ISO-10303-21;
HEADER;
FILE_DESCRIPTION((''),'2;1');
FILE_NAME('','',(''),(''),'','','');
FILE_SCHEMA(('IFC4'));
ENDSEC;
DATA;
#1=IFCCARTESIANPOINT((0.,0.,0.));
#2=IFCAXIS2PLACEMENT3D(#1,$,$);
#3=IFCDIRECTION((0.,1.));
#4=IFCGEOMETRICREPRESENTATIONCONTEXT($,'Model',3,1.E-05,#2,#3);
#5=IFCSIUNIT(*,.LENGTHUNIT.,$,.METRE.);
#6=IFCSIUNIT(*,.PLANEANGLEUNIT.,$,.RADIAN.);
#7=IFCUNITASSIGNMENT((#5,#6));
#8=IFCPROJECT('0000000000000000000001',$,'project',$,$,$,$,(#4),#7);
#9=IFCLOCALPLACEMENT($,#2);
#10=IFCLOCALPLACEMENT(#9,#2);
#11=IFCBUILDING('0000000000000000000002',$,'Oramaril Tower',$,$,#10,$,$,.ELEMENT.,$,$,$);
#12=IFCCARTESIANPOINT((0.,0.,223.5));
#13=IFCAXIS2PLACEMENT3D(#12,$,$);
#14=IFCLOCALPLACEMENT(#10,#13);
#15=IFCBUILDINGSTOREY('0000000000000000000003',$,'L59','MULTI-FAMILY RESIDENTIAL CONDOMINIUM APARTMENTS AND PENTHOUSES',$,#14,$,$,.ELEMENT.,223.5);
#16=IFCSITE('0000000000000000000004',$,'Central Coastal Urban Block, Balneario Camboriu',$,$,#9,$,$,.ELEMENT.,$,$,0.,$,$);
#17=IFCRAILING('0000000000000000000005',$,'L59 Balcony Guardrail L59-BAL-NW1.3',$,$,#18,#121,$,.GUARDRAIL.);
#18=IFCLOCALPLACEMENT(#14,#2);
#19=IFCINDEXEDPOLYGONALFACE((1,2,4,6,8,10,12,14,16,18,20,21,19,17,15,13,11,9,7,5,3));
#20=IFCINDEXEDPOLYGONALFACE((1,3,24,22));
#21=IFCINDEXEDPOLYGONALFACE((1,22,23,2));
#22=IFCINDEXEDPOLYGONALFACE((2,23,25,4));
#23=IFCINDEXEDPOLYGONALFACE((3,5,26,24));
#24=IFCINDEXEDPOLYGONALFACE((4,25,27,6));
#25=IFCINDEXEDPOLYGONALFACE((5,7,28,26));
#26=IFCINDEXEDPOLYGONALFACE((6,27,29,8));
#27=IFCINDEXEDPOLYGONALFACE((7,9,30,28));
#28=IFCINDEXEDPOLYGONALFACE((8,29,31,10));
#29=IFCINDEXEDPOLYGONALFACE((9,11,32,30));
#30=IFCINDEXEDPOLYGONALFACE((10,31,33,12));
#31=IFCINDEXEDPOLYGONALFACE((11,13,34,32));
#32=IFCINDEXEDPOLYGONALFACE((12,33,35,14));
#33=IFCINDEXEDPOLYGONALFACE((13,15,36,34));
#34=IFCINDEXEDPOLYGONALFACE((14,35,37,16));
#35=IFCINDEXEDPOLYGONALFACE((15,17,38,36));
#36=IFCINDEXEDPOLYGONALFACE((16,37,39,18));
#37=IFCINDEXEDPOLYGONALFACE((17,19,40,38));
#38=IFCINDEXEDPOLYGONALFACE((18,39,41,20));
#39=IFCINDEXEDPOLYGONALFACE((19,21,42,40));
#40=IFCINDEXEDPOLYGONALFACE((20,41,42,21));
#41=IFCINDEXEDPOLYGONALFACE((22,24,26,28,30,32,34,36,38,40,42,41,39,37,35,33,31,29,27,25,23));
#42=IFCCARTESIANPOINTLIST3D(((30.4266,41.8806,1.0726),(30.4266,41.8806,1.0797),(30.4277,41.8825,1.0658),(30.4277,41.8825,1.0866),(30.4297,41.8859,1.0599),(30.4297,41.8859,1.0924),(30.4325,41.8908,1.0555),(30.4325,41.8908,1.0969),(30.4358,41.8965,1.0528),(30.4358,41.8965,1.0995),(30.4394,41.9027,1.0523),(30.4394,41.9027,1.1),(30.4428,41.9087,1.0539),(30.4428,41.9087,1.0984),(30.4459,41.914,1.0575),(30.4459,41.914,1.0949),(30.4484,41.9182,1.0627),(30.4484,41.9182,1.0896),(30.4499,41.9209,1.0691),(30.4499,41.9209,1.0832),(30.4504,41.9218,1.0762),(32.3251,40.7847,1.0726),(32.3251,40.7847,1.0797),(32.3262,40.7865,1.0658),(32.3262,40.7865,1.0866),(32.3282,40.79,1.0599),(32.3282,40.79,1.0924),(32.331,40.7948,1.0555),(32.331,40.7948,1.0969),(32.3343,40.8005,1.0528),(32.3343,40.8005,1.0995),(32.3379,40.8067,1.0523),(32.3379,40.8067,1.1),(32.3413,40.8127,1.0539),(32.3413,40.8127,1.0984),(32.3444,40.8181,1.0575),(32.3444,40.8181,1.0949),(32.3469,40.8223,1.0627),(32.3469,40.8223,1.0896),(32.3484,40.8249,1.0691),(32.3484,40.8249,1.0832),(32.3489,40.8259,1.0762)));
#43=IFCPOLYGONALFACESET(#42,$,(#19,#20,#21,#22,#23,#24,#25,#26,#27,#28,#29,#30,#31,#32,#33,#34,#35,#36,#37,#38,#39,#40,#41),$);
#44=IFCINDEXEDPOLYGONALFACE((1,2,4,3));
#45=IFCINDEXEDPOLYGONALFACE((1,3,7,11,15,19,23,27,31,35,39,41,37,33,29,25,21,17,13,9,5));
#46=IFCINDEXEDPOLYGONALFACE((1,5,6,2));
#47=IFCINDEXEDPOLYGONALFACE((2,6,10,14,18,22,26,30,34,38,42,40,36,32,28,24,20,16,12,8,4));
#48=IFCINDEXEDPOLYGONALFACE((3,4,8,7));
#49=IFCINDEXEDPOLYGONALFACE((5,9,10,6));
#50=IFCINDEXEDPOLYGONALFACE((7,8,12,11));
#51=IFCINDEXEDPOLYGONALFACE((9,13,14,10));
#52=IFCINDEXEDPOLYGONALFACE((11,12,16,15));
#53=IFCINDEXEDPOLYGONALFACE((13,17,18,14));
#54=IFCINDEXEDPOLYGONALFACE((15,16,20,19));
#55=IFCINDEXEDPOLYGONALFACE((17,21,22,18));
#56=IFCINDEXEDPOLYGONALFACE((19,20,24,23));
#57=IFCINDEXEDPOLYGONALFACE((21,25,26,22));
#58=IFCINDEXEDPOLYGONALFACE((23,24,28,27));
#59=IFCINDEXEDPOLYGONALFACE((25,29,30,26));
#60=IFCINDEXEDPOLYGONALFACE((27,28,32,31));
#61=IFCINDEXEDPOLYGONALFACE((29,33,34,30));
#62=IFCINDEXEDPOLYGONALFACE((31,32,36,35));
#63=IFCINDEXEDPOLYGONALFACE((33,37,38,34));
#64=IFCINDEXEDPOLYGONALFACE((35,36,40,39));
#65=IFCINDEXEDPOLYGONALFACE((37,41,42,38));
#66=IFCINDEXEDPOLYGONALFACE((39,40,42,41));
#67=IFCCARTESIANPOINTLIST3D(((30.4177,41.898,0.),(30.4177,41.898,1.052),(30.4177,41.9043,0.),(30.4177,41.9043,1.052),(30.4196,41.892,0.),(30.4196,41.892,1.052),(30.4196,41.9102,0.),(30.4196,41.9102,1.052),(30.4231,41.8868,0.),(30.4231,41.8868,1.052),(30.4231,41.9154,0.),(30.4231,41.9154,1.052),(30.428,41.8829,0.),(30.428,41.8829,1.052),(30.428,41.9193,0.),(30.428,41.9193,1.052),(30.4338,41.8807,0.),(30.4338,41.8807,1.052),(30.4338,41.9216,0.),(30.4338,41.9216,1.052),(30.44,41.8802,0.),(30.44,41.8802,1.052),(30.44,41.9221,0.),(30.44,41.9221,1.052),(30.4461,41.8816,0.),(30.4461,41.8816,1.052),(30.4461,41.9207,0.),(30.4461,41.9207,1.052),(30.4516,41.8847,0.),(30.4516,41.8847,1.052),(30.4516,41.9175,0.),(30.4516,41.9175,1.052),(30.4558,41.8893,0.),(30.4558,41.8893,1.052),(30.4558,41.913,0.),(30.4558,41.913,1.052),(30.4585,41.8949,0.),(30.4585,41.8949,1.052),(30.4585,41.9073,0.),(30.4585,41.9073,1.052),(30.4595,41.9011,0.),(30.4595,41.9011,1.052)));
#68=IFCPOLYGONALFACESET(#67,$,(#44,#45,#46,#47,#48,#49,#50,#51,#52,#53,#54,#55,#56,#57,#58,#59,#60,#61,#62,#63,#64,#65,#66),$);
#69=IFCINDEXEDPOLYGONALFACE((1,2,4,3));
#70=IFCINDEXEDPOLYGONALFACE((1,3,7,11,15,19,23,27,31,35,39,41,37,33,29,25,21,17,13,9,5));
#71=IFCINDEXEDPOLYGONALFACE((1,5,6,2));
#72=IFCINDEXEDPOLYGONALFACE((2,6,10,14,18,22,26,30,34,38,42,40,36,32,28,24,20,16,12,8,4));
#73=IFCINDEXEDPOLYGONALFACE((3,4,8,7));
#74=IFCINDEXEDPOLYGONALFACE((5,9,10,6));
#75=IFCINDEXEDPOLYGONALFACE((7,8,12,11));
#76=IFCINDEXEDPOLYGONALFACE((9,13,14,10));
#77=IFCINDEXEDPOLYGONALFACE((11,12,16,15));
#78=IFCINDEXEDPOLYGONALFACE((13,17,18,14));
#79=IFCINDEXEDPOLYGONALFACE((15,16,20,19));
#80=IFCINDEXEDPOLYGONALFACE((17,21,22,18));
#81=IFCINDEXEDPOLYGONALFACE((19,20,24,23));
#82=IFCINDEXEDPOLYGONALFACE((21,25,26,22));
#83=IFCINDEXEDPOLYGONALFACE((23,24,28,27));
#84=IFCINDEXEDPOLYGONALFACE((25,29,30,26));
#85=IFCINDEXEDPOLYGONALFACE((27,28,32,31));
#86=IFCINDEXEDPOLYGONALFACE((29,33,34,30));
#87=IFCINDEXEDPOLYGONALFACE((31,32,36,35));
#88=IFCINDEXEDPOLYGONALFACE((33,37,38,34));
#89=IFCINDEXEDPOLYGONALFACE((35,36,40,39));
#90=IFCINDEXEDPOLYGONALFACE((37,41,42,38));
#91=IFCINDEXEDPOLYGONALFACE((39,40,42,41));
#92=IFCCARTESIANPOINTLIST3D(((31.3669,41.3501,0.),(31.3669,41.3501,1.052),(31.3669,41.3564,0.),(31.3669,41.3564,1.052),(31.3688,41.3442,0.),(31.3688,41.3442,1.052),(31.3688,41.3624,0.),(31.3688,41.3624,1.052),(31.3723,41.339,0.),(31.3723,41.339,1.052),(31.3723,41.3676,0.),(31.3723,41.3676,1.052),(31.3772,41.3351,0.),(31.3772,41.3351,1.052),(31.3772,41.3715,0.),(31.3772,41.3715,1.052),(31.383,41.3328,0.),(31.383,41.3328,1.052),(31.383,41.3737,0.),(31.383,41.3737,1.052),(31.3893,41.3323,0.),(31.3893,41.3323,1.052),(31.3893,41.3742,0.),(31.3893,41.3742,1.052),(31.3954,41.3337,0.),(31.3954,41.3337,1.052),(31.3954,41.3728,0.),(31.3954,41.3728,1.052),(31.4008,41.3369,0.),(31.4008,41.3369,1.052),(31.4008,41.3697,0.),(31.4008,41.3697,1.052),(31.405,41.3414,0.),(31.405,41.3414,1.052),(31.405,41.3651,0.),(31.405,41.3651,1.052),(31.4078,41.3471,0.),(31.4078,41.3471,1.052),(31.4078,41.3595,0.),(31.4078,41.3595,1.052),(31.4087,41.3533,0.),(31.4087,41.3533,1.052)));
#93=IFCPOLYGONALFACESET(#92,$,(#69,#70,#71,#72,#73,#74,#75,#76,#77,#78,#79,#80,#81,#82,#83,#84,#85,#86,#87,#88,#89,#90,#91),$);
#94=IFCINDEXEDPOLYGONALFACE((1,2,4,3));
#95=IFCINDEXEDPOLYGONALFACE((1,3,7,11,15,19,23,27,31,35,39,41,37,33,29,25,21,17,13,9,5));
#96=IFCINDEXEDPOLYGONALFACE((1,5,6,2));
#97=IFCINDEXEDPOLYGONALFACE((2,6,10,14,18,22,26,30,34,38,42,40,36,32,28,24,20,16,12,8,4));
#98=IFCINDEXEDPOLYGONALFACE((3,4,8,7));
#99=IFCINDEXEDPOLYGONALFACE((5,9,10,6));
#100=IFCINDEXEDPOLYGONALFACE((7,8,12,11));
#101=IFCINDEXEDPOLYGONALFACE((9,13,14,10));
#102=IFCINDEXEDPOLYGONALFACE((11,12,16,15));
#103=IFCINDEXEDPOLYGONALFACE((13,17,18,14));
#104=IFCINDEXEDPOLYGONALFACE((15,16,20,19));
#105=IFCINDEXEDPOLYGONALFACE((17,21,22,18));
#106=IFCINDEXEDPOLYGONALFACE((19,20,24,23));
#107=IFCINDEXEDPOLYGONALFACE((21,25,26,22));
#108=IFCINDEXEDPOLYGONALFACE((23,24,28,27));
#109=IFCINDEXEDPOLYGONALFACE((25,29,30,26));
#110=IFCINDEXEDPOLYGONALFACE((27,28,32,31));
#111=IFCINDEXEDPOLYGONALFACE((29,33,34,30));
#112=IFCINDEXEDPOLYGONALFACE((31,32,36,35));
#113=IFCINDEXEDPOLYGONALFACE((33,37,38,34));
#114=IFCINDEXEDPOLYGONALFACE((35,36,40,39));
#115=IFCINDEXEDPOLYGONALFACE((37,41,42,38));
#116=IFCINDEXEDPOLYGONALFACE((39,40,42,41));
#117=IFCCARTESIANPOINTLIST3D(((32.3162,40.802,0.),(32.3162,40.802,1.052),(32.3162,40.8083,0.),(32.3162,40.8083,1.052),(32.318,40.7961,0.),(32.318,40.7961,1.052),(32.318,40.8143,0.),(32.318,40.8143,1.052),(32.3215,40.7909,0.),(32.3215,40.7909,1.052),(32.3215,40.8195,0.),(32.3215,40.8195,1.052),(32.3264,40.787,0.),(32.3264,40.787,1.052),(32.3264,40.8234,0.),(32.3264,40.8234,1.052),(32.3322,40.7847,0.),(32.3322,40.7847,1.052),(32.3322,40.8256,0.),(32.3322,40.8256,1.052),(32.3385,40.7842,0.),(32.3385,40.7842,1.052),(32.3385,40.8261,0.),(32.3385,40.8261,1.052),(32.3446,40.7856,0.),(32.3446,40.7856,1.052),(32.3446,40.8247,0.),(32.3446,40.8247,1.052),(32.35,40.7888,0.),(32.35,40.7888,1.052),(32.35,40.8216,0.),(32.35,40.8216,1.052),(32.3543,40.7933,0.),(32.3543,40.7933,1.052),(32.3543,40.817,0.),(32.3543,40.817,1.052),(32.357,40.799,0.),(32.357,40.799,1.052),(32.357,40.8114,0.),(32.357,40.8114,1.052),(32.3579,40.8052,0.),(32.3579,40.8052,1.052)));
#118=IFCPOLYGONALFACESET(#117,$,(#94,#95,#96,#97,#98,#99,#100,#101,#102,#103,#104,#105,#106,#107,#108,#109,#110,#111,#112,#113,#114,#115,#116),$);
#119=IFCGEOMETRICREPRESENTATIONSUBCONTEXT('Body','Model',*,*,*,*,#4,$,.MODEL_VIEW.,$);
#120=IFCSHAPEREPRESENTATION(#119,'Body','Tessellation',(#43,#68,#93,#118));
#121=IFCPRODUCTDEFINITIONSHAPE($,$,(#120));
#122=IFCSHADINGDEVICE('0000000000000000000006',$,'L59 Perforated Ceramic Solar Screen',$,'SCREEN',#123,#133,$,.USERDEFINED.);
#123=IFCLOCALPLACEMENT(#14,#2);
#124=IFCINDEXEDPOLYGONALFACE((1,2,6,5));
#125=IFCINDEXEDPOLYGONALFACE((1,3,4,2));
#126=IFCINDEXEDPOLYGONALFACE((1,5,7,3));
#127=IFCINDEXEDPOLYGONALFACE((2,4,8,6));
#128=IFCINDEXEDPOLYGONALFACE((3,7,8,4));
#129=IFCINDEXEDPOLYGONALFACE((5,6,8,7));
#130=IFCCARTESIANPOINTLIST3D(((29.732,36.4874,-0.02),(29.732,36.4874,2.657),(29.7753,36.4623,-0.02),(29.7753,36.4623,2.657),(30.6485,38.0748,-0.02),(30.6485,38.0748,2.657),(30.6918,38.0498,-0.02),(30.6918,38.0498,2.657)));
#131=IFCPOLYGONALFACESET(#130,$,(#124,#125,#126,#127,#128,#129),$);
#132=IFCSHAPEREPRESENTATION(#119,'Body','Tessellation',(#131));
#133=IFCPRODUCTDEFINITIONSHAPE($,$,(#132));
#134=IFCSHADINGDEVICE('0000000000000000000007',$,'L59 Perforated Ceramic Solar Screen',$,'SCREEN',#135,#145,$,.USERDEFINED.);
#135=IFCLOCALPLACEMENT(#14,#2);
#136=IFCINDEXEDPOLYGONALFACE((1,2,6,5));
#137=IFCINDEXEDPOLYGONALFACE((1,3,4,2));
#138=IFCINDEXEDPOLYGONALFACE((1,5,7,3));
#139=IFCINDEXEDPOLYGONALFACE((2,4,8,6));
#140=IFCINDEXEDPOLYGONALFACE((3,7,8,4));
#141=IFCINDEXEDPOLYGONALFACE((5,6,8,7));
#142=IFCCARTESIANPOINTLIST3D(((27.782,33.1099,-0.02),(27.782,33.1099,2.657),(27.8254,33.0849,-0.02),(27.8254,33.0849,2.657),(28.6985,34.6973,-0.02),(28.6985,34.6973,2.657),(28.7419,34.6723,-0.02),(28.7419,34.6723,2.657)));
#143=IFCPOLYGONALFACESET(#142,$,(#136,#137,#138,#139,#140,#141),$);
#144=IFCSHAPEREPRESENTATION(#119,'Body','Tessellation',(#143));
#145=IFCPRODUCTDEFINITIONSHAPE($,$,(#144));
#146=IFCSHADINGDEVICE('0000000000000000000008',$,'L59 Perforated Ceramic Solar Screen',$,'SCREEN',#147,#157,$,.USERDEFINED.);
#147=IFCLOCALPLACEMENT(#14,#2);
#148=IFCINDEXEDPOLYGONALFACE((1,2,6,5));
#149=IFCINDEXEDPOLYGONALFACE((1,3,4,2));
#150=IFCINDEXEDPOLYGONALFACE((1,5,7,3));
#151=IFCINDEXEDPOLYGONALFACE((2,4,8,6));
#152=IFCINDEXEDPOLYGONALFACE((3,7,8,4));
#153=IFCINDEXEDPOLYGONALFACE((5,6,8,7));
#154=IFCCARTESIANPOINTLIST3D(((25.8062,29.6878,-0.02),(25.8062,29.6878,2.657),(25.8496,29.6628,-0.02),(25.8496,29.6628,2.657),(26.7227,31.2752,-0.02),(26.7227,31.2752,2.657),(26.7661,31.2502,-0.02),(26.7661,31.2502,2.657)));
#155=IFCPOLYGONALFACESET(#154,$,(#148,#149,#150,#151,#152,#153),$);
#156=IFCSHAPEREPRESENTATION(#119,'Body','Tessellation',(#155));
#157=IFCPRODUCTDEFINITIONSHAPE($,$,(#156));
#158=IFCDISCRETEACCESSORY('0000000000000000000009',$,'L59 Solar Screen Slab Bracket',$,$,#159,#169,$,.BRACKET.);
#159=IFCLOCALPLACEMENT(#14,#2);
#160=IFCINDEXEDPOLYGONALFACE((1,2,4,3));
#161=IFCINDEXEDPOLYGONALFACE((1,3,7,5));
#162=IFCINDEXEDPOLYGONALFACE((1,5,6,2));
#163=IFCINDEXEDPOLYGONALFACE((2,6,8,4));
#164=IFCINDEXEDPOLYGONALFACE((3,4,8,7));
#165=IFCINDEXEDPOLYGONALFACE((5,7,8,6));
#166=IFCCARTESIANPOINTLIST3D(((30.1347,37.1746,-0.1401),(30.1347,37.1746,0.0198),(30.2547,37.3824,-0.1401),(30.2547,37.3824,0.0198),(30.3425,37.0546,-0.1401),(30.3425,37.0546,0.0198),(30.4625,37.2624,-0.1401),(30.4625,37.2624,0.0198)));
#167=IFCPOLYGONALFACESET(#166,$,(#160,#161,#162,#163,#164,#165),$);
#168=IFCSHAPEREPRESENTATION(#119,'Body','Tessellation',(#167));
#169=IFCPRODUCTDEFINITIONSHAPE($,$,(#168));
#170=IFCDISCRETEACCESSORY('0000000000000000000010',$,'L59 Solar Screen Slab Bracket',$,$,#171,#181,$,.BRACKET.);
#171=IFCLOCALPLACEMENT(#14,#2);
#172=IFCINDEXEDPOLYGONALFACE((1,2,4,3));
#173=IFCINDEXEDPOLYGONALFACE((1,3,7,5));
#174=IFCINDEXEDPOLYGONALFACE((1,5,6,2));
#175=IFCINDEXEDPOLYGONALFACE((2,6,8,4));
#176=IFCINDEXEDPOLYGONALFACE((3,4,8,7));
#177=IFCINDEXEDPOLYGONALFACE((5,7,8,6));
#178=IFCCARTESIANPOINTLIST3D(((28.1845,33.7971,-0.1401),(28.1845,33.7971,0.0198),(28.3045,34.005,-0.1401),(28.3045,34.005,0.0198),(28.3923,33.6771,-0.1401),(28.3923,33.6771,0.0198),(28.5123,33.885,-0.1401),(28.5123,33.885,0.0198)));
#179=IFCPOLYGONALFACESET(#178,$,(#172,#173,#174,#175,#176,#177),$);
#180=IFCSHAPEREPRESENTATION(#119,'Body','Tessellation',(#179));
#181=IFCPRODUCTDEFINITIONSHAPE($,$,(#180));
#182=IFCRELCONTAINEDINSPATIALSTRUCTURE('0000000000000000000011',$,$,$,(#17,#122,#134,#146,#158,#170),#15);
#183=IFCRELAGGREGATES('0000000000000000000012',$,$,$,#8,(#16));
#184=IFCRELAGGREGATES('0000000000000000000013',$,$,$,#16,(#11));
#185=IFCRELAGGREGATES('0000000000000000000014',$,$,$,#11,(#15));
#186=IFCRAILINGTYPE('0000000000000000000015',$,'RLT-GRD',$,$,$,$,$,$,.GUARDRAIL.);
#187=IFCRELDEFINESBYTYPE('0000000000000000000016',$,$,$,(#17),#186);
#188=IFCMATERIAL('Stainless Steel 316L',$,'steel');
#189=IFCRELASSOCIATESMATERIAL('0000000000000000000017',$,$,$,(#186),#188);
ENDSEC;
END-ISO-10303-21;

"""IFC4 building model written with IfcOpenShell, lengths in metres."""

from ifc_helpers import new_model, si_unit, direction, frame, origin, origin_2d, place, context, subcontext, project, spatial, rectangle, circle, extrude, material, type_object, element, save


model = new_model("IFC4")

# Units and contexts
model_context = context("Model", 3, precision=1e-05, world=origin(), true_north=direction((0.0, 1.0)))
body_context = subcontext(model_context, "Body", "Model", "MODEL_VIEW")
ifc_project = project(units=[si_unit("LENGTHUNIT", "METRE"), si_unit("PLANEANGLEUNIT", "RADIAN")], contexts=[model_context])

# Site, building, storey
site_placement = place(None, origin())
site = spatial("IfcSite", under=ifc_project, at=site_placement, Name="Central Coastal Urban Block, Balneario Camboriu", CompositionType="ELEMENT", RefElevation=0.0)
building_placement = place(site_placement, origin())
building = spatial("IfcBuilding", under=site, at=building_placement, Name="Oramaril Tower", CompositionType="ELEMENT")
storey_placement = place(building_placement, frame((0.0, 0.0, 223.5)))
storey = spatial("IfcBuildingStorey", under=building, at=storey_placement, Name="L59", Description="MULTI-FAMILY RESIDENTIAL CONDOMINIUM APARTMENTS AND PENTHOUSES", CompositionType="ELEMENT", Elevation=223.5)

# Railing
ifc_material_1 = material(Name="Stainless Steel 316L", Category="steel")
railing_type = type_object("IfcRailingType", Name="RLT-GRD", PredefinedType="GUARDRAIL", material=ifc_material_1)
railing_1_placement = place(storey_placement, frame((30.4385, 41.9011, 0.0)))
element("IfcRailing", 1, at=railing_1_placement, inside=storey, type_object=railing_type, Name="L59 Balcony Guardrail L59-BAL-NW1.3", PredefinedType="GUARDRAIL", context=body_context, shape_type="SweptSolid", body=[
    extrude(circle(Radius=0.0239, at=origin_2d()), frame((0.0, 0.0, 1.0762), z_axis=(0.866048, -0.49996, 0.0), x_axis=(0.49996, 0.866048, 0.0)), (0.0, 0.0, 1.0), 2.1921),
    extrude(circle(Radius=0.021, at=origin_2d()), origin(), (0.0, 0.0, 1.0), 1.052),
    extrude(circle(Radius=0.021, at=origin_2d()), frame((0.9492, -0.5479, 0.0)), (0.0, 0.0, 1.0), 1.052),
    extrude(circle(Radius=0.021, at=origin_2d()), frame((1.8984, -1.0959, 0.0)), (0.0, 0.0, 1.0), 1.052),
])

# Shading devices
for number, where, z_axis, x_axis, name in (
    (2, (30.2119, 37.2686, -0.02), (0.0, 0.0, 1.0), (-0.5, -0.866025, 0.0), "L59 Perforated Ceramic Solar Screen"),
    (3, (28.262, 33.8911, -0.02), (0.0, 0.0, 1.0), (-0.5, -0.866025, 0.0), "L59 Perforated Ceramic Solar Screen"),
    (4, (26.2861, 30.469, -0.02), (0.0, 0.0, 1.0), (-0.5, -0.866025, 0.0), "L59 Perforated Ceramic Solar Screen"),
):
    element("IfcShadingDevice", number, at=place(storey_placement, frame(where, z_axis=z_axis, x_axis=x_axis)), inside=storey, Name=name, ObjectType="SCREEN", PredefinedType="USERDEFINED", context=body_context, shape_type="SweptSolid", body=[
        extrude(rectangle(XDim=1.833, YDim=0.05, at=origin_2d()), origin(), (0.0, 0.0, 1.0), 2.677),
    ])

# Discrete accessories
for number, where, z_axis, x_axis, name in (
    (5, (30.2986, 37.2185, -0.1401), (0.0, 0.0, 1.0), (-0.5, -0.866025, 0.0), "L59 Solar Screen Slab Bracket"),
    (6, (28.3484, 33.8411, -0.1401), (0.0, 0.0, 1.0), (-0.5, -0.866025, 0.0), "L59 Solar Screen Slab Bracket"),
):
    element("IfcDiscreteAccessory", number, at=place(storey_placement, frame(where, z_axis=z_axis, x_axis=x_axis)), inside=storey, Name=name, PredefinedType="BRACKET", context=body_context, shape_type="SweptSolid", body=[
        extrude(rectangle(XDim=0.24, YDim=0.24, at=origin_2d()), origin(), (0.0, 0.0, 1.0), 0.1599),
    ])

save(model, "model.ifc")
